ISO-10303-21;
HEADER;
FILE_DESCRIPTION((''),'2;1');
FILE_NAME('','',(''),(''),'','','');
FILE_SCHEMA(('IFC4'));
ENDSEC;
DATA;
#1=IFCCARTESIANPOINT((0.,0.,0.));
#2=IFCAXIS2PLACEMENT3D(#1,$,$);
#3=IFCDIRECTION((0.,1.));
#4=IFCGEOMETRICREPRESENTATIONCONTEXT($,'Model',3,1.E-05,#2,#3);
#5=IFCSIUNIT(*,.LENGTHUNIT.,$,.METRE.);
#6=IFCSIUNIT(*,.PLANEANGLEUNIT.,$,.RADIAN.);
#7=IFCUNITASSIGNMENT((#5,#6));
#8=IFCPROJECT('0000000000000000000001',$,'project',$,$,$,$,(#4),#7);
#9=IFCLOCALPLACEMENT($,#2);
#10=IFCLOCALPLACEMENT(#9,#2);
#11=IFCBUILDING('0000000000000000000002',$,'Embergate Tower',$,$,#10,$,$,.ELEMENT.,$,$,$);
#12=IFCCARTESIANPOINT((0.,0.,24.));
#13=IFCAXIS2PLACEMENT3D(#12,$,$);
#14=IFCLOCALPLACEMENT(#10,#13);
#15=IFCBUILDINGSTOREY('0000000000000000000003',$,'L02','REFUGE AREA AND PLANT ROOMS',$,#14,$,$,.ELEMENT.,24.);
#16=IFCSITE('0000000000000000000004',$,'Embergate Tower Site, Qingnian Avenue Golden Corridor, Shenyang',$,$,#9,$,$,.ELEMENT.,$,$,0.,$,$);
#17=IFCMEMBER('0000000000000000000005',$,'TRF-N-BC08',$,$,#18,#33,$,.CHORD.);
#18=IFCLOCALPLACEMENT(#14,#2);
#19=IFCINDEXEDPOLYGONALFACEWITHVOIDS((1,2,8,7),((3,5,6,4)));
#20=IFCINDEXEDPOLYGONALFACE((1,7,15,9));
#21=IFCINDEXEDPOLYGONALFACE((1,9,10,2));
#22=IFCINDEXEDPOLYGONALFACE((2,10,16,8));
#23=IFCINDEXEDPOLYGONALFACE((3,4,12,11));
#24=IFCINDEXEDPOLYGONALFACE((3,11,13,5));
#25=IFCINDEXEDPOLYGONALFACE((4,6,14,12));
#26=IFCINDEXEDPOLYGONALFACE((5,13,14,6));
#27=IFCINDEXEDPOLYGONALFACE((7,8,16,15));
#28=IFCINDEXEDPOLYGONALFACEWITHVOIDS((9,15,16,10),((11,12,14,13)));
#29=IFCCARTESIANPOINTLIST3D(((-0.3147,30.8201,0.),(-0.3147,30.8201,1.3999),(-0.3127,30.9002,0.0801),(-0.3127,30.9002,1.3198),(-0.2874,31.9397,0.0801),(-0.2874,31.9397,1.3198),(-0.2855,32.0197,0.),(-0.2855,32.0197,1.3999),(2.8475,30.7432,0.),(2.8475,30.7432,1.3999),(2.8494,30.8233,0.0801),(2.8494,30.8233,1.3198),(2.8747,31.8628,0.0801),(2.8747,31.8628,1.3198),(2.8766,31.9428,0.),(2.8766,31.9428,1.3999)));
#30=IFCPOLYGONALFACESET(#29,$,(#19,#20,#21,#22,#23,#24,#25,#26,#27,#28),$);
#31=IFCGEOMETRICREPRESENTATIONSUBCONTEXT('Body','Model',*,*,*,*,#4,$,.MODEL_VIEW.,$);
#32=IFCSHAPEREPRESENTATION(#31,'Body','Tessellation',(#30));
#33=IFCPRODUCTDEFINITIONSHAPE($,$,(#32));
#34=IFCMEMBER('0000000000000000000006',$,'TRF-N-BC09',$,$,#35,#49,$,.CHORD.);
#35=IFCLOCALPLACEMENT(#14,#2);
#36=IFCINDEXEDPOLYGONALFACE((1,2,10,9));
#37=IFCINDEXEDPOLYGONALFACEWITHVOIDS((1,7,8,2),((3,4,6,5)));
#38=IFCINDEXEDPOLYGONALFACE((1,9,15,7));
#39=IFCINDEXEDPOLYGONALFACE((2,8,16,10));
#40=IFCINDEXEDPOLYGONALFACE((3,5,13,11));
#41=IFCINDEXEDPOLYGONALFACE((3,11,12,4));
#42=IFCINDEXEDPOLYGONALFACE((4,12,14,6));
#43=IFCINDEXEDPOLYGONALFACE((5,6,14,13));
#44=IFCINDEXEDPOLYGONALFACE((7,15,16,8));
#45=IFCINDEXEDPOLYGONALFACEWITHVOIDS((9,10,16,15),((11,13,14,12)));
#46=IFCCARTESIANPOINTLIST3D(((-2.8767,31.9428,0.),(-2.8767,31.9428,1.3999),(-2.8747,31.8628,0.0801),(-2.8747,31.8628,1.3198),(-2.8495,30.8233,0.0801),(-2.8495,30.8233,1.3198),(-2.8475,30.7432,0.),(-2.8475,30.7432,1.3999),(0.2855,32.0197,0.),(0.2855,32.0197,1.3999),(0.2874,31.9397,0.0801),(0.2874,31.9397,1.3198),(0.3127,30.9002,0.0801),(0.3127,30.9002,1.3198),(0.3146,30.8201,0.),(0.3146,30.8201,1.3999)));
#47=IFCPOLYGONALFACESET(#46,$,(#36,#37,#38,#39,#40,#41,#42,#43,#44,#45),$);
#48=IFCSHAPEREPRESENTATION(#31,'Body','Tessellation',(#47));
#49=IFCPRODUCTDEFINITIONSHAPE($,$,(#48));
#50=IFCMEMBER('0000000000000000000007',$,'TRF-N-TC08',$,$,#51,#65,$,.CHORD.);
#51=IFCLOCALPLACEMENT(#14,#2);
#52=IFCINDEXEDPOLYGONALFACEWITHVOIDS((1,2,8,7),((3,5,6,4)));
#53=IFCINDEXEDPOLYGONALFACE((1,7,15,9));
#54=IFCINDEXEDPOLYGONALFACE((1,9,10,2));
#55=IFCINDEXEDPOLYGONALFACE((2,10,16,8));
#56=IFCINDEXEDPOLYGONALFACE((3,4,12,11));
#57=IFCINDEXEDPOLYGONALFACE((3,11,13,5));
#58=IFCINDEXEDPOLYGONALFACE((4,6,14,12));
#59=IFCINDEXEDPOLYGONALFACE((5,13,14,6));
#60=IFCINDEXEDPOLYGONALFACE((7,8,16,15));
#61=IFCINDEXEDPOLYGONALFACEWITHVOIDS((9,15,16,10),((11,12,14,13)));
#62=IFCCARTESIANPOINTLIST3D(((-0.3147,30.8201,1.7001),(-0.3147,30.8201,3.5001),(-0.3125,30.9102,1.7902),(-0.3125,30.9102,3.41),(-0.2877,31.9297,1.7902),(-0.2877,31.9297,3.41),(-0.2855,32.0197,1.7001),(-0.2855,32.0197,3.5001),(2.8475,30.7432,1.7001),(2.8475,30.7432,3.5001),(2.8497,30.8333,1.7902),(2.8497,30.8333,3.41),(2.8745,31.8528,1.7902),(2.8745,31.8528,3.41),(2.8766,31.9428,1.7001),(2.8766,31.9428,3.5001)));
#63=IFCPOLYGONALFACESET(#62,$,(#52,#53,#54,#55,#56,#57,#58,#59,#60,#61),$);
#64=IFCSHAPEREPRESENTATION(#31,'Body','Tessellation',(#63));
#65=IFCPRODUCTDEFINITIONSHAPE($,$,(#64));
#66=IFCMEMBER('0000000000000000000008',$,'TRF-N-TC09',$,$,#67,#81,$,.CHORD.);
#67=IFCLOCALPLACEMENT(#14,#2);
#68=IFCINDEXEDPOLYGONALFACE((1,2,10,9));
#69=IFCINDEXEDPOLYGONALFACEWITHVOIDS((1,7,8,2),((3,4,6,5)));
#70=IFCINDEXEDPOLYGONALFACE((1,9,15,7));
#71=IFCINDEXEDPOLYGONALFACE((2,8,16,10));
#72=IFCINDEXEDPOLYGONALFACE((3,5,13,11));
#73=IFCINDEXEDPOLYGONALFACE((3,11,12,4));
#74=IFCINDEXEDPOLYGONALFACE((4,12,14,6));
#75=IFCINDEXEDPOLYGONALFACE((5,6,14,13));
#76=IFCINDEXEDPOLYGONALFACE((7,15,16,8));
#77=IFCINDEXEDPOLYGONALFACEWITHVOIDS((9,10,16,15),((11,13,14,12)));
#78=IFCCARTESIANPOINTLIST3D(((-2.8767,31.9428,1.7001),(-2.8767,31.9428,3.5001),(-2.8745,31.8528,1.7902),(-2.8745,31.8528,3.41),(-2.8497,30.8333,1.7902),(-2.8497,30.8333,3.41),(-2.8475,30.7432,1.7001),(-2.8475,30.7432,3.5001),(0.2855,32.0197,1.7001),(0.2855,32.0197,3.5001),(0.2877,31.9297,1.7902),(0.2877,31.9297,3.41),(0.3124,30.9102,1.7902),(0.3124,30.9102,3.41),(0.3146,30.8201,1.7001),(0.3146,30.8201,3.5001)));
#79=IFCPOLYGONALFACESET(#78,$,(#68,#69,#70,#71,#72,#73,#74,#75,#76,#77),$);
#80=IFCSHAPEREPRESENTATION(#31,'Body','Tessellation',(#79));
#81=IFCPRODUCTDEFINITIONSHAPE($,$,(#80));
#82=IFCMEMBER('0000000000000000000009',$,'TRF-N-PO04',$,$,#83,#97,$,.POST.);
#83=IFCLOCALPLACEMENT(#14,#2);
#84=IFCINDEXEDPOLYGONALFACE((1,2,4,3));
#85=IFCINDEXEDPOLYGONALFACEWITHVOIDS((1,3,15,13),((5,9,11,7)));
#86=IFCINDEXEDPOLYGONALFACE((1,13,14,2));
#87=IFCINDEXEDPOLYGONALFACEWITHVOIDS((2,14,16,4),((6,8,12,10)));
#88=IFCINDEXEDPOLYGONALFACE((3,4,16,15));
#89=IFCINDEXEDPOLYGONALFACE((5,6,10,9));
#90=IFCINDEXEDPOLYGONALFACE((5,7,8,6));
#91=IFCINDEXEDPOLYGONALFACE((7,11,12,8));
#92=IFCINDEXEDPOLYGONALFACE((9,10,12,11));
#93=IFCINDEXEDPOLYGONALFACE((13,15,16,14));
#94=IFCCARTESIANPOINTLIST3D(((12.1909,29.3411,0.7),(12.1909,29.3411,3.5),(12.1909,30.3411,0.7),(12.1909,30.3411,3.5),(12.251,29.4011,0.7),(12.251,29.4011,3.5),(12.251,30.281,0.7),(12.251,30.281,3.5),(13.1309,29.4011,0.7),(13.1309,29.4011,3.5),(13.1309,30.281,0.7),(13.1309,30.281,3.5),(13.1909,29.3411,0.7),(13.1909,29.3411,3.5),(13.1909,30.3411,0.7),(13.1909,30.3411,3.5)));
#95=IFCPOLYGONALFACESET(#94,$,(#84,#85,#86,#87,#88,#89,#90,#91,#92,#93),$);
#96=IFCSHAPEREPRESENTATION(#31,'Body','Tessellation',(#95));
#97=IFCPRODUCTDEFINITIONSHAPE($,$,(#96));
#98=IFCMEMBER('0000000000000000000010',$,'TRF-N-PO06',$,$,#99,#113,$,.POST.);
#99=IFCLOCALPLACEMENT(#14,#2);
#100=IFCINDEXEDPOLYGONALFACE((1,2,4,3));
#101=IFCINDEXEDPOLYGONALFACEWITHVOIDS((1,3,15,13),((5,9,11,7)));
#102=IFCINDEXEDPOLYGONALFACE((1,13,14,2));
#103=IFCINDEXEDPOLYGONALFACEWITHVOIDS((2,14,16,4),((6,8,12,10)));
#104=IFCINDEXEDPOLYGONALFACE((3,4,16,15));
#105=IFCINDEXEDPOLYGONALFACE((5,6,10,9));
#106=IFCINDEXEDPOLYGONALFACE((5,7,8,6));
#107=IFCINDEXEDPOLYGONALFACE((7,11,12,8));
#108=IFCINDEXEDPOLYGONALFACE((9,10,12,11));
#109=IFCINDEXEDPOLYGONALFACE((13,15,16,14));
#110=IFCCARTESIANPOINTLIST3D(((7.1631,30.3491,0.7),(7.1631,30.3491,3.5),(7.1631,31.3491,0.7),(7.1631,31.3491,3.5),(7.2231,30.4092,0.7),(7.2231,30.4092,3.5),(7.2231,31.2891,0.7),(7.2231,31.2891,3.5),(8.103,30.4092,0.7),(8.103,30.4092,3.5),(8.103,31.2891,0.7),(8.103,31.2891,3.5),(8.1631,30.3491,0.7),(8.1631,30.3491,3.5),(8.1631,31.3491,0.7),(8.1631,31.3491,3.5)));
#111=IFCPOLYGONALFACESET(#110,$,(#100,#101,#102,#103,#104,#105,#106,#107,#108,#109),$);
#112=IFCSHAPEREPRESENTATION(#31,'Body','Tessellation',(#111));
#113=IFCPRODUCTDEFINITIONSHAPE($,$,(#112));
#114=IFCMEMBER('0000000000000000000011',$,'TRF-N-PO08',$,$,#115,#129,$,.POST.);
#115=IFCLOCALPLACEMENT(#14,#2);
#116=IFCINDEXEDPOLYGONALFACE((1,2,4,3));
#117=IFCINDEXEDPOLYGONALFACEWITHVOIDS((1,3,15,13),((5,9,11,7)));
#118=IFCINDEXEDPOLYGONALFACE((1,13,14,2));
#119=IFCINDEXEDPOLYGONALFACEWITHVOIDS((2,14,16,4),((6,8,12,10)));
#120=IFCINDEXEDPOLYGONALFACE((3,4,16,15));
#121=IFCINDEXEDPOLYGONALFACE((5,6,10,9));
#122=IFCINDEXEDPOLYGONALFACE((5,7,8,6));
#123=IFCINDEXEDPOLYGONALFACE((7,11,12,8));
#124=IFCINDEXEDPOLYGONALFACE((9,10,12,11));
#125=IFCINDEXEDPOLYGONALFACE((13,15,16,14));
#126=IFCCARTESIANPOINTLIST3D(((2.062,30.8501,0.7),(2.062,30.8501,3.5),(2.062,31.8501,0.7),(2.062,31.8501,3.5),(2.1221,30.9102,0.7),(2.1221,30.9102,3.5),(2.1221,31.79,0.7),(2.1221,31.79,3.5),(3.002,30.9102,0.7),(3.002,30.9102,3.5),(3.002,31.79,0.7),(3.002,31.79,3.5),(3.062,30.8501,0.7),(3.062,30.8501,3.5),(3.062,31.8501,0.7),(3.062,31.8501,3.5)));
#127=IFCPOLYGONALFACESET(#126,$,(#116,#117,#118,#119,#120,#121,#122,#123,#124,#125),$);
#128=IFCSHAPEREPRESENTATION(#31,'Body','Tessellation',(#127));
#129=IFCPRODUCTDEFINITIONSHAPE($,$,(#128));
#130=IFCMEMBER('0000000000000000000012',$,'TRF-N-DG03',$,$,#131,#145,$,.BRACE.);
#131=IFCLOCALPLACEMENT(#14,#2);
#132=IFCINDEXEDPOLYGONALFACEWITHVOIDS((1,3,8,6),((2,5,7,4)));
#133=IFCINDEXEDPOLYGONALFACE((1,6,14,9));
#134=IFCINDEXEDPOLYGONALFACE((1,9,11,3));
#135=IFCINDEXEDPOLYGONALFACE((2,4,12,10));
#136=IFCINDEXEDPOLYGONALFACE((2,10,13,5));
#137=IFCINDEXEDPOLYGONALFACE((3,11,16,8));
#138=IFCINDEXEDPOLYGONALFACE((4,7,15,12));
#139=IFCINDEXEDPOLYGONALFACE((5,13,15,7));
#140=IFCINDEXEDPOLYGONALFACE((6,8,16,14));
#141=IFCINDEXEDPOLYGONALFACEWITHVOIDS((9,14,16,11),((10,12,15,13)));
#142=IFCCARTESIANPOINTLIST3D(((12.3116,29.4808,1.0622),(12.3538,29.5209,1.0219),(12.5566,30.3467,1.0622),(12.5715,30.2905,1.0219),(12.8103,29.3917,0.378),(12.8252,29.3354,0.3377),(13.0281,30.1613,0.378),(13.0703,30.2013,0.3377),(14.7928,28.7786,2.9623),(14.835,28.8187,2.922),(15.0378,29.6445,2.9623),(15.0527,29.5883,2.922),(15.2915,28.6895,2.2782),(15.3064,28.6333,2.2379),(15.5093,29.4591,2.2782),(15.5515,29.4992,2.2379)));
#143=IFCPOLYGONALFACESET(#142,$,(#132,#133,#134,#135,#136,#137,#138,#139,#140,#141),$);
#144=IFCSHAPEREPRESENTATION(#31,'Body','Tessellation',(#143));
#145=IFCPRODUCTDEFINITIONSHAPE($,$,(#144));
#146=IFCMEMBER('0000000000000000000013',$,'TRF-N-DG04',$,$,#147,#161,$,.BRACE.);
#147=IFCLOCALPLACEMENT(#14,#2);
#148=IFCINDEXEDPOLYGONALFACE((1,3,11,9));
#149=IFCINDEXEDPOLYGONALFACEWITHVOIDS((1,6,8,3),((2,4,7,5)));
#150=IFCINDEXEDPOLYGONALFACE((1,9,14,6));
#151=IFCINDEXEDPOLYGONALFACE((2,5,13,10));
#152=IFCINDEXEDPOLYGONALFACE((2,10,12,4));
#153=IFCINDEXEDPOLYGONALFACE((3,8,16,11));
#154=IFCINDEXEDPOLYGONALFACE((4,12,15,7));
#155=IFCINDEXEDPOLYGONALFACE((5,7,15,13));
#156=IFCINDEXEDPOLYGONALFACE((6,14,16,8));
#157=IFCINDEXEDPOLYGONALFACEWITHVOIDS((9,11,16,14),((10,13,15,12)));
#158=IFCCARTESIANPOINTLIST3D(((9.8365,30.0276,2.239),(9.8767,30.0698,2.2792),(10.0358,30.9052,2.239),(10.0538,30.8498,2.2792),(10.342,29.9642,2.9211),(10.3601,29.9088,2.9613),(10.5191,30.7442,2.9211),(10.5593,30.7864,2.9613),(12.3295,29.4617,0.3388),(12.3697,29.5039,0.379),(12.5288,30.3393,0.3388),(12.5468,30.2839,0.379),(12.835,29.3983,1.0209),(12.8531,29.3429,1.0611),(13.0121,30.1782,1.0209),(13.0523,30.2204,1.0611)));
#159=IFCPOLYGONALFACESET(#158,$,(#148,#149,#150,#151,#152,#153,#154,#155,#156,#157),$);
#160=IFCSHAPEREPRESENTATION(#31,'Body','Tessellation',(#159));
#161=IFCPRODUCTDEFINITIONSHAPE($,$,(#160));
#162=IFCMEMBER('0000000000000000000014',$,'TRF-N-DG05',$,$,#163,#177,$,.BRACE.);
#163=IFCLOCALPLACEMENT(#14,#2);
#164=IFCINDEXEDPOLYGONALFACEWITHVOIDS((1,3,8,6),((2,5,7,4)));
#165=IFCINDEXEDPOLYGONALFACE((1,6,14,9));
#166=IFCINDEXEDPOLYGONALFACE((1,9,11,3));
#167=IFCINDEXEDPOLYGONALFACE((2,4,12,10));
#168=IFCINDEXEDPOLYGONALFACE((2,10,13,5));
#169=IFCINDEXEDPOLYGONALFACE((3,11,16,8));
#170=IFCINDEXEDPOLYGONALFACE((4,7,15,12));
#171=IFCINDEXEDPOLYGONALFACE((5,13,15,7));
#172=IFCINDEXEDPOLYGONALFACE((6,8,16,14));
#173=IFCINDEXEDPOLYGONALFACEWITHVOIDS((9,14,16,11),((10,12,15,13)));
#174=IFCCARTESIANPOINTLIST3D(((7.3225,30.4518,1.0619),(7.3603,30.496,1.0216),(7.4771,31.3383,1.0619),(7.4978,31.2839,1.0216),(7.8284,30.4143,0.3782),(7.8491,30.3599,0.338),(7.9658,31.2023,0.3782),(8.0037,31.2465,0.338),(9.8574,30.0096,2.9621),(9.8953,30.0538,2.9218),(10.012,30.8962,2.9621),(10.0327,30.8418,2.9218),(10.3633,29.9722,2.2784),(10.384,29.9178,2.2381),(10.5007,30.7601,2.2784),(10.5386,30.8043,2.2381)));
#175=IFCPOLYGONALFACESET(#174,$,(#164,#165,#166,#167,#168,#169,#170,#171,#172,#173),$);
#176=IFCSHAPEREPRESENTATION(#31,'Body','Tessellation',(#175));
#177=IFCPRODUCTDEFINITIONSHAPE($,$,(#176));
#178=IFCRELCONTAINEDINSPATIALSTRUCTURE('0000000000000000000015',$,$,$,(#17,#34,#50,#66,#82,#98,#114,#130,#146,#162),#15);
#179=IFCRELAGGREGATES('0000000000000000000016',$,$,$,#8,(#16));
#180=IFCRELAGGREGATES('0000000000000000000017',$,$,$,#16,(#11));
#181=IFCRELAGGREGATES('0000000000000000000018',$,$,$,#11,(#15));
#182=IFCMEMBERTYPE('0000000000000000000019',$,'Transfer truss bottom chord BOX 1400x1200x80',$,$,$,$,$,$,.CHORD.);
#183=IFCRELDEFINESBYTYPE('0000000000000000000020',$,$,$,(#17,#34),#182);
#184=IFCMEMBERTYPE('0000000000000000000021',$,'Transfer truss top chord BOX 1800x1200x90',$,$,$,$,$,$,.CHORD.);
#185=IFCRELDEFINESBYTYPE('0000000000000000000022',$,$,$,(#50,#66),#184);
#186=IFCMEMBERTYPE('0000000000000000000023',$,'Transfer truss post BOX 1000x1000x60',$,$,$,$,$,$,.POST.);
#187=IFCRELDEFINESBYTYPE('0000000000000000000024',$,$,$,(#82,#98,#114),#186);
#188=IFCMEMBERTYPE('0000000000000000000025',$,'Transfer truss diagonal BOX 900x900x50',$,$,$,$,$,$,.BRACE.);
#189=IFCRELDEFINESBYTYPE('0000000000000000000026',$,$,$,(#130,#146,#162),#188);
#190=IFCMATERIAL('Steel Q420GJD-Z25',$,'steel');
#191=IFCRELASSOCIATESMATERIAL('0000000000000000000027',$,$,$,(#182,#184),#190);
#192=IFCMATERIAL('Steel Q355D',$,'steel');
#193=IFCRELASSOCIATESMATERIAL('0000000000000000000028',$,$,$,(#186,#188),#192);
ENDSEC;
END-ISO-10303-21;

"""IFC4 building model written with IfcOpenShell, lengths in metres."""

from ifc_helpers import new_model, si_unit, direction, frame, origin, origin_2d, place, context, subcontext, project, spatial, hollow_rectangle, extrude, source, transform, mapped, material, material_profile, profile_set, type_object, element, save


model = new_model("IFC4")

# Units and contexts
model_context = context("Model", 3, precision=1e-05, world=origin(), true_north=direction((0.0, 1.0)))
body_context = subcontext(model_context, "Body", "Model", "MODEL_VIEW")
ifc_project = project(units=[si_unit("LENGTHUNIT", "METRE"), si_unit("PLANEANGLEUNIT", "RADIAN")], contexts=[model_context])

# Site, building, storey
site_placement = place(None, origin())
site = spatial("IfcSite", under=ifc_project, at=site_placement, Name="Embergate Tower Site, Qingnian Avenue Golden Corridor, Shenyang", CompositionType="ELEMENT", RefElevation=0.0)
building_placement = place(site_placement, origin())
building = spatial("IfcBuilding", under=site, at=building_placement, Name="Embergate Tower", CompositionType="ELEMENT")
storey_placement = place(building_placement, frame((0.0, 0.0, 24.0)))
storey = spatial("IfcBuildingStorey", under=building, at=storey_placement, Name="L02", Description="REFUGE AREA AND PLANT ROOMS", CompositionType="ELEMENT", Elevation=24.0)

# Members
ifc_material_1 = material(Name="Steel Q420GJD-Z25", Category="steel")
ifc_material_profile_1 = material_profile(ifc_material_1, hollow_rectangle(XDim=1.2, YDim=1.3999, WallThickness=0.0801, at=origin_2d()), Name="BOX 1400x1200x80")
ifc_profile_set_1 = profile_set([ifc_material_profile_1], Name="Steel Q420 grade GJD-Z25")
member_type_1 = type_object("IfcMemberType", Name="Transfer truss bottom chord BOX 1400x1200x80", PredefinedType="CHORD", material=ifc_profile_set_1)
ifc_material_profile_2 = material_profile(ifc_material_1, hollow_rectangle(XDim=1.2, YDim=1.8, WallThickness=0.0901, at=origin_2d()), Name="BOX 1800x1200x90")
ifc_profile_set_2 = profile_set([ifc_material_profile_2], Name="Steel Q420 grade GJD-Z25")
member_type_2 = type_object("IfcMemberType", Name="Transfer truss top chord BOX 1800x1200x90", PredefinedType="CHORD", material=ifc_profile_set_2)
shared_shape_1 = source(origin(), body_context, "Body", "SweptSolid", [
    extrude(hollow_rectangle(XDim=1.2, YDim=1.3999, WallThickness=0.0801, at=origin_2d()), origin(), (0.0, 0.0, 1.0), 3.1631),
])
for number, where, z_axis, x_axis, name in (
    (1, (2.8621, 31.343, 0.7), (-0.999704, 0.024313, 0.0), (-0.024313, -0.999704, 0.0), "TRF-N-BC08"),
    (2, (0.3, 31.4199, 0.7), (-0.999704, -0.024313, 0.0), (0.024313, -0.999704, 0.0), "TRF-N-BC09"),
):
    element("IfcMember", number, at=place(storey_placement, frame(where, z_axis=z_axis, x_axis=x_axis)), inside=storey, type_object=member_type_1, Name=name, PredefinedType="CHORD", context=body_context, shape_type="MappedRepresentation", body=[
        mapped(shared_shape_1, transform((0.0, 0.0, 0.0))),
    ])
shared_shape_2 = source(origin(), body_context, "Body", "SweptSolid", [
    extrude(hollow_rectangle(XDim=1.2, YDim=1.8, WallThickness=0.0901, at=origin_2d()), origin(), (0.0, 0.0, 1.0), 3.1631),
])
for number, where, z_axis, x_axis, name in (
    (3, (2.8621, 31.343, 2.6001), (-0.999704, 0.024313, 0.0), (-0.024313, -0.999704, 0.0), "TRF-N-TC08"),
    (4, (0.3, 31.4199, 2.6001), (-0.999704, -0.024313, 0.0), (0.024313, -0.999704, 0.0), "TRF-N-TC09"),
):
    element("IfcMember", number, at=place(storey_placement, frame(where, z_axis=z_axis, x_axis=x_axis)), inside=storey, type_object=member_type_2, Name=name, PredefinedType="CHORD", context=body_context, shape_type="MappedRepresentation", body=[
        mapped(shared_shape_2, transform((0.0, 0.0, 0.0))),
    ])
ifc_material_2 = material(Name="Steel Q355D", Category="steel")
ifc_material_profile_3 = material_profile(ifc_material_2, hollow_rectangle(XDim=1.0, YDim=1.0, WallThickness=0.0601, at=origin_2d()), Name="BOX 1000x1000x60")
ifc_profile_set_3 = profile_set([ifc_material_profile_3], Name="Steel Q355 grade D")
member_type_3 = type_object("IfcMemberType", Name="Transfer truss post BOX 1000x1000x60", PredefinedType="POST", material=ifc_profile_set_3)
shared_shape_3 = source(origin(), body_context, "Body", "SweptSolid", [
    extrude(hollow_rectangle(XDim=1.0, YDim=1.0, WallThickness=0.0601, at=origin_2d()), origin(), (0.0, 0.0, 1.0), 2.8),
])
for number, where, z_axis, x_axis, name in (
    (5, (12.6909, 29.8411, 0.7), (0.0, 0.0, 1.0), (1.0, 0.0, 0.0), "TRF-N-PO04"),
    (6, (7.6631, 30.8491, 0.7), (0.0, 0.0, 1.0), (1.0, 0.0, 0.0), "TRF-N-PO06"),
    (7, (2.562, 31.3501, 0.7), (0.0, 0.0, 1.0), (1.0, 0.0, 0.0), "TRF-N-PO08"),
):
    element("IfcMember", number, at=place(storey_placement, frame(where, z_axis=z_axis, x_axis=x_axis)), inside=storey, type_object=member_type_3, Name=name, PredefinedType="POST", context=body_context, shape_type="MappedRepresentation", body=[
        mapped(shared_shape_3, transform((0.0, 0.0, 0.0))),
    ])
ifc_material_profile_4 = material_profile(ifc_material_2, hollow_rectangle(XDim=0.8999, YDim=0.8999, WallThickness=0.05, at=origin_2d()), Name="BOX 900x900x50")
ifc_profile_set_4 = profile_set([ifc_material_profile_4], Name="Steel Q355 grade D")
member_type_4 = type_object("IfcMemberType", Name="Transfer truss diagonal BOX 900x900x50", PredefinedType="BRACE", material=ifc_profile_set_4)
shared_shape_4 = source(origin(), body_context, "Body", "SweptSolid", [
    extrude(hollow_rectangle(XDim=0.8999, YDim=0.8999, WallThickness=0.05, at=origin_2d()), origin(), (0.0, 0.0, 1.0), 3.2031),
])
member_1_placement = place(storey_placement, frame((15.1721, 29.1389, 2.6001), z_axis=(-0.774622, 0.219208, -0.593219), x_axis=(-0.272294, -0.962214, 0.0)))
element("IfcMember", 8, at=member_1_placement, inside=storey, type_object=member_type_4, Name="TRF-N-DG03", PredefinedType="BRACE", context=body_context, shape_type="MappedRepresentation", body=[
    mapped(shared_shape_4, transform((0.0, 0.0, 0.0))),
])
shared_shape_5 = source(origin(), body_context, "Body", "SweptSolid", [
    extrude(hollow_rectangle(XDim=0.8999, YDim=0.8999, WallThickness=0.05, at=origin_2d()), origin(), (0.0, 0.0, 1.0), 3.1853),
])
member_2_placement = place(storey_placement, frame((12.6909, 29.8411, 0.7), z_axis=(-0.782658, 0.177671, 0.596556), x_axis=(-0.221378, -0.975188, 0.0)))
element("IfcMember", 9, at=member_2_placement, inside=storey, type_object=member_type_4, Name="TRF-N-DG04", PredefinedType="BRACE", context=body_context, shape_type="MappedRepresentation", body=[
    mapped(shared_shape_5, transform((0.0, 0.0, 0.0))),
])
shared_shape_6 = source(origin(), body_context, "Body", "SweptSolid", [
    extrude(hollow_rectangle(XDim=0.8999, YDim=0.8999, WallThickness=0.05, at=origin_2d()), origin(), (0.0, 0.0, 1.0), 3.1987),
])
member_3_placement = place(storey_placement, frame((10.198, 30.407, 2.6001), z_axis=(-0.792477, 0.138224, -0.594033), x_axis=(-0.171826, -0.985127, 0.0)))
element("IfcMember", 10, at=member_3_placement, inside=storey, type_object=member_type_4, Name="TRF-N-DG05", PredefinedType="BRACE", context=body_context, shape_type="MappedRepresentation", body=[
    mapped(shared_shape_6, transform((0.0, 0.0, 0.0))),
])

save(model, "model.ifc")
